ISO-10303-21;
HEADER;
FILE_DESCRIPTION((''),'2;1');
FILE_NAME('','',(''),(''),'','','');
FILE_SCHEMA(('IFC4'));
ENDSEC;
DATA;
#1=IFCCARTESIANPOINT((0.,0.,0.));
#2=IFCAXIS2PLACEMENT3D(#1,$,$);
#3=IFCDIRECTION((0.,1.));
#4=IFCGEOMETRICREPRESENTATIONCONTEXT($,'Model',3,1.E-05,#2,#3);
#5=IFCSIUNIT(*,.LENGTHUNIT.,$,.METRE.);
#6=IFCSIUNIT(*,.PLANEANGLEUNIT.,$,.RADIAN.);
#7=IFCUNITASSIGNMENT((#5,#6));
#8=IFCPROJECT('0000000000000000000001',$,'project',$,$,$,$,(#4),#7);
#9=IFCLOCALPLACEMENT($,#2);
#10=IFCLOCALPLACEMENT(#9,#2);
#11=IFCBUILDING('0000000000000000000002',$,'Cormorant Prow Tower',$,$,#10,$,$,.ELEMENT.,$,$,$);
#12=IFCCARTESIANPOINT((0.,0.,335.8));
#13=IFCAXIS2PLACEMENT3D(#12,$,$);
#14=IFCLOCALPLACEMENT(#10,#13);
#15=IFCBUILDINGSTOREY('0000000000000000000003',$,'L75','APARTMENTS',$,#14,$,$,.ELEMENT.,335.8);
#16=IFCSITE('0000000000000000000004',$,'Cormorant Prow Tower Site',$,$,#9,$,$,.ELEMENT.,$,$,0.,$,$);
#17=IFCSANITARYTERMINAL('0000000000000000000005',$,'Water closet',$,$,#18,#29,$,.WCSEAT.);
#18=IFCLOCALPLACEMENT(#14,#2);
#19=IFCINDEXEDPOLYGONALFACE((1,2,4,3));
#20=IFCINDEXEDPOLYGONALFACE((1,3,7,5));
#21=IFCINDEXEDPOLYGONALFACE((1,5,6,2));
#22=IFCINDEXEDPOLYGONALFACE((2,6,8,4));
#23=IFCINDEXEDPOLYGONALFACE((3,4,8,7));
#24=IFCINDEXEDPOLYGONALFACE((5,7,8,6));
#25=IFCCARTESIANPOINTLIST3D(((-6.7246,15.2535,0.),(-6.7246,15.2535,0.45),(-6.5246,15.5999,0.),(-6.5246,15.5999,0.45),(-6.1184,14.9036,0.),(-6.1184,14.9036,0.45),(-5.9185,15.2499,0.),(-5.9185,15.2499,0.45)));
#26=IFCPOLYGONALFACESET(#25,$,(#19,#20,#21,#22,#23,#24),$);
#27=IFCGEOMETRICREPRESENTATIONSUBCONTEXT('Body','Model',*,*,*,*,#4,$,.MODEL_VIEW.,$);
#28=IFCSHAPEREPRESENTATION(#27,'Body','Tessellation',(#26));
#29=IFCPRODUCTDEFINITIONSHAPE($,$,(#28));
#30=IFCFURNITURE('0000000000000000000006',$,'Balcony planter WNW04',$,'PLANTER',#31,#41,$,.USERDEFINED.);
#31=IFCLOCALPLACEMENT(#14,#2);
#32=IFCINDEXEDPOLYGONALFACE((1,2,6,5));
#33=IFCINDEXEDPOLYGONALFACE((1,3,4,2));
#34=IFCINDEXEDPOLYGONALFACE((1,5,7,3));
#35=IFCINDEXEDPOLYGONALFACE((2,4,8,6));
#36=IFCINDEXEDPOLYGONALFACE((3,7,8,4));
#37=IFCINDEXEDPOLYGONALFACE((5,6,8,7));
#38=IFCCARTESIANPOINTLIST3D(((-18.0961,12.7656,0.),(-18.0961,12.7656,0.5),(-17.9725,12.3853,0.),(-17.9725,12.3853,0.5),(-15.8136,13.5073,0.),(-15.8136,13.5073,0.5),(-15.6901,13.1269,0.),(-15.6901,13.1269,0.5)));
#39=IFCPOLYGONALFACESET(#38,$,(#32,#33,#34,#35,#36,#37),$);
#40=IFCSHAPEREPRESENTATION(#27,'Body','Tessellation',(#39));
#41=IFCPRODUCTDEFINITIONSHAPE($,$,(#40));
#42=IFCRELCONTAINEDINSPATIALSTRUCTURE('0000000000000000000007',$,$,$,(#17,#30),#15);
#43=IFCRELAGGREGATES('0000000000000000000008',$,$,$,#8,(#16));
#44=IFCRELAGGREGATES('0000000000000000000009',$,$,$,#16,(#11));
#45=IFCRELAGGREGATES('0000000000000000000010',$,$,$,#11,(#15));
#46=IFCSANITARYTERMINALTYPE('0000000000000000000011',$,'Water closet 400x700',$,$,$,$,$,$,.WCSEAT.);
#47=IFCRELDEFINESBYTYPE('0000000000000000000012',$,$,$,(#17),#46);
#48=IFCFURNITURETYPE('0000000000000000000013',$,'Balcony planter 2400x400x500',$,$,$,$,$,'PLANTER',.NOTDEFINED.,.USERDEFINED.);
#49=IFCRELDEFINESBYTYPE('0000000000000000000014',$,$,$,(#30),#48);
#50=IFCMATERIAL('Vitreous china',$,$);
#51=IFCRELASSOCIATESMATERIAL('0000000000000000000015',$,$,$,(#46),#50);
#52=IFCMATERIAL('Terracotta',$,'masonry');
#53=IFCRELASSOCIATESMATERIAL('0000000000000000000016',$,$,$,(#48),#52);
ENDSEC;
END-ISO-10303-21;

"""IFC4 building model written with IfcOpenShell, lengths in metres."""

from ifc_helpers import new_model, si_unit, direction, frame, origin, origin_2d, place, context, subcontext, project, spatial, rectangle, extrude, material, type_object, element, save


model = new_model("IFC4")

# Units and contexts
model_context = context("Model", 3, precision=1e-05, world=origin(), true_north=direction((0.0, 1.0)))
body_context = subcontext(model_context, "Body", "Model", "MODEL_VIEW")
ifc_project = project(units=[si_unit("LENGTHUNIT", "METRE"), si_unit("PLANEANGLEUNIT", "RADIAN")], contexts=[model_context])

# Site, building, storey
site_placement = place(None, origin())
site = spatial("IfcSite", under=ifc_project, at=site_placement, Name="Cormorant Prow Tower Site", CompositionType="ELEMENT", RefElevation=0.0)
building_placement = place(site_placement, origin())
building = spatial("IfcBuilding", under=site, at=building_placement, Name="Cormorant Prow Tower", CompositionType="ELEMENT")
storey_placement = place(building_placement, frame((0.0, 0.0, 335.8)))
storey = spatial("IfcBuildingStorey", under=building, at=storey_placement, Name="L75", Description="APARTMENTS", CompositionType="ELEMENT", Elevation=335.8)

# Sanitary terminal
ifc_material_1 = material(Name="Vitreous china")
sanitary_terminal_type_1 = type_object("IfcSanitaryTerminalType", Name="Water closet 400x700", PredefinedType="WCSEAT", material=ifc_material_1)
for number, where, z_axis, x_axis, name in (
    (1, (-6.3215, 15.2517, 0.0), (0.0, 0.0, 1.0), (-0.5, -0.866025, 0.0), "Water closet"),
):
    element("IfcSanitaryTerminal", number, at=place(storey_placement, frame(where, z_axis=z_axis, x_axis=x_axis)), inside=storey, type_object=sanitary_terminal_type_1, Name=name, PredefinedType="WCSEAT", context=body_context, shape_type="SweptSolid", body=[
        extrude(rectangle(XDim=0.3999, YDim=0.7, at=origin_2d()), origin(), (0.0, 0.0, 1.0), 0.45),
    ])

# Furniture
ifc_material_2 = material(Name="Terracotta", Category="masonry")
furniture_type = type_object("IfcFurnitureType", Name="Balcony planter 2400x400x500", ElementType="PLANTER", AssemblyPlace="NOTDEFINED", PredefinedType="USERDEFINED", material=ifc_material_2)
furniture_placement = place(storey_placement, frame((-16.8931, 12.9463, 0.0), z_axis=(0.0, 0.0, 1.0), x_axis=(-0.951057, -0.309017, 0.0)))
element("IfcFurniture", 2, at=furniture_placement, inside=storey, type_object=furniture_type, Name="Balcony planter WNW04", ObjectType="PLANTER", PredefinedType="USERDEFINED", context=body_context, shape_type="SweptSolid", body=[
    extrude(rectangle(XDim=2.3999, YDim=0.3999, at=origin_2d()), origin(), (0.0, 0.0, 1.0), 0.5),
])

save(model, "model.ifc")
